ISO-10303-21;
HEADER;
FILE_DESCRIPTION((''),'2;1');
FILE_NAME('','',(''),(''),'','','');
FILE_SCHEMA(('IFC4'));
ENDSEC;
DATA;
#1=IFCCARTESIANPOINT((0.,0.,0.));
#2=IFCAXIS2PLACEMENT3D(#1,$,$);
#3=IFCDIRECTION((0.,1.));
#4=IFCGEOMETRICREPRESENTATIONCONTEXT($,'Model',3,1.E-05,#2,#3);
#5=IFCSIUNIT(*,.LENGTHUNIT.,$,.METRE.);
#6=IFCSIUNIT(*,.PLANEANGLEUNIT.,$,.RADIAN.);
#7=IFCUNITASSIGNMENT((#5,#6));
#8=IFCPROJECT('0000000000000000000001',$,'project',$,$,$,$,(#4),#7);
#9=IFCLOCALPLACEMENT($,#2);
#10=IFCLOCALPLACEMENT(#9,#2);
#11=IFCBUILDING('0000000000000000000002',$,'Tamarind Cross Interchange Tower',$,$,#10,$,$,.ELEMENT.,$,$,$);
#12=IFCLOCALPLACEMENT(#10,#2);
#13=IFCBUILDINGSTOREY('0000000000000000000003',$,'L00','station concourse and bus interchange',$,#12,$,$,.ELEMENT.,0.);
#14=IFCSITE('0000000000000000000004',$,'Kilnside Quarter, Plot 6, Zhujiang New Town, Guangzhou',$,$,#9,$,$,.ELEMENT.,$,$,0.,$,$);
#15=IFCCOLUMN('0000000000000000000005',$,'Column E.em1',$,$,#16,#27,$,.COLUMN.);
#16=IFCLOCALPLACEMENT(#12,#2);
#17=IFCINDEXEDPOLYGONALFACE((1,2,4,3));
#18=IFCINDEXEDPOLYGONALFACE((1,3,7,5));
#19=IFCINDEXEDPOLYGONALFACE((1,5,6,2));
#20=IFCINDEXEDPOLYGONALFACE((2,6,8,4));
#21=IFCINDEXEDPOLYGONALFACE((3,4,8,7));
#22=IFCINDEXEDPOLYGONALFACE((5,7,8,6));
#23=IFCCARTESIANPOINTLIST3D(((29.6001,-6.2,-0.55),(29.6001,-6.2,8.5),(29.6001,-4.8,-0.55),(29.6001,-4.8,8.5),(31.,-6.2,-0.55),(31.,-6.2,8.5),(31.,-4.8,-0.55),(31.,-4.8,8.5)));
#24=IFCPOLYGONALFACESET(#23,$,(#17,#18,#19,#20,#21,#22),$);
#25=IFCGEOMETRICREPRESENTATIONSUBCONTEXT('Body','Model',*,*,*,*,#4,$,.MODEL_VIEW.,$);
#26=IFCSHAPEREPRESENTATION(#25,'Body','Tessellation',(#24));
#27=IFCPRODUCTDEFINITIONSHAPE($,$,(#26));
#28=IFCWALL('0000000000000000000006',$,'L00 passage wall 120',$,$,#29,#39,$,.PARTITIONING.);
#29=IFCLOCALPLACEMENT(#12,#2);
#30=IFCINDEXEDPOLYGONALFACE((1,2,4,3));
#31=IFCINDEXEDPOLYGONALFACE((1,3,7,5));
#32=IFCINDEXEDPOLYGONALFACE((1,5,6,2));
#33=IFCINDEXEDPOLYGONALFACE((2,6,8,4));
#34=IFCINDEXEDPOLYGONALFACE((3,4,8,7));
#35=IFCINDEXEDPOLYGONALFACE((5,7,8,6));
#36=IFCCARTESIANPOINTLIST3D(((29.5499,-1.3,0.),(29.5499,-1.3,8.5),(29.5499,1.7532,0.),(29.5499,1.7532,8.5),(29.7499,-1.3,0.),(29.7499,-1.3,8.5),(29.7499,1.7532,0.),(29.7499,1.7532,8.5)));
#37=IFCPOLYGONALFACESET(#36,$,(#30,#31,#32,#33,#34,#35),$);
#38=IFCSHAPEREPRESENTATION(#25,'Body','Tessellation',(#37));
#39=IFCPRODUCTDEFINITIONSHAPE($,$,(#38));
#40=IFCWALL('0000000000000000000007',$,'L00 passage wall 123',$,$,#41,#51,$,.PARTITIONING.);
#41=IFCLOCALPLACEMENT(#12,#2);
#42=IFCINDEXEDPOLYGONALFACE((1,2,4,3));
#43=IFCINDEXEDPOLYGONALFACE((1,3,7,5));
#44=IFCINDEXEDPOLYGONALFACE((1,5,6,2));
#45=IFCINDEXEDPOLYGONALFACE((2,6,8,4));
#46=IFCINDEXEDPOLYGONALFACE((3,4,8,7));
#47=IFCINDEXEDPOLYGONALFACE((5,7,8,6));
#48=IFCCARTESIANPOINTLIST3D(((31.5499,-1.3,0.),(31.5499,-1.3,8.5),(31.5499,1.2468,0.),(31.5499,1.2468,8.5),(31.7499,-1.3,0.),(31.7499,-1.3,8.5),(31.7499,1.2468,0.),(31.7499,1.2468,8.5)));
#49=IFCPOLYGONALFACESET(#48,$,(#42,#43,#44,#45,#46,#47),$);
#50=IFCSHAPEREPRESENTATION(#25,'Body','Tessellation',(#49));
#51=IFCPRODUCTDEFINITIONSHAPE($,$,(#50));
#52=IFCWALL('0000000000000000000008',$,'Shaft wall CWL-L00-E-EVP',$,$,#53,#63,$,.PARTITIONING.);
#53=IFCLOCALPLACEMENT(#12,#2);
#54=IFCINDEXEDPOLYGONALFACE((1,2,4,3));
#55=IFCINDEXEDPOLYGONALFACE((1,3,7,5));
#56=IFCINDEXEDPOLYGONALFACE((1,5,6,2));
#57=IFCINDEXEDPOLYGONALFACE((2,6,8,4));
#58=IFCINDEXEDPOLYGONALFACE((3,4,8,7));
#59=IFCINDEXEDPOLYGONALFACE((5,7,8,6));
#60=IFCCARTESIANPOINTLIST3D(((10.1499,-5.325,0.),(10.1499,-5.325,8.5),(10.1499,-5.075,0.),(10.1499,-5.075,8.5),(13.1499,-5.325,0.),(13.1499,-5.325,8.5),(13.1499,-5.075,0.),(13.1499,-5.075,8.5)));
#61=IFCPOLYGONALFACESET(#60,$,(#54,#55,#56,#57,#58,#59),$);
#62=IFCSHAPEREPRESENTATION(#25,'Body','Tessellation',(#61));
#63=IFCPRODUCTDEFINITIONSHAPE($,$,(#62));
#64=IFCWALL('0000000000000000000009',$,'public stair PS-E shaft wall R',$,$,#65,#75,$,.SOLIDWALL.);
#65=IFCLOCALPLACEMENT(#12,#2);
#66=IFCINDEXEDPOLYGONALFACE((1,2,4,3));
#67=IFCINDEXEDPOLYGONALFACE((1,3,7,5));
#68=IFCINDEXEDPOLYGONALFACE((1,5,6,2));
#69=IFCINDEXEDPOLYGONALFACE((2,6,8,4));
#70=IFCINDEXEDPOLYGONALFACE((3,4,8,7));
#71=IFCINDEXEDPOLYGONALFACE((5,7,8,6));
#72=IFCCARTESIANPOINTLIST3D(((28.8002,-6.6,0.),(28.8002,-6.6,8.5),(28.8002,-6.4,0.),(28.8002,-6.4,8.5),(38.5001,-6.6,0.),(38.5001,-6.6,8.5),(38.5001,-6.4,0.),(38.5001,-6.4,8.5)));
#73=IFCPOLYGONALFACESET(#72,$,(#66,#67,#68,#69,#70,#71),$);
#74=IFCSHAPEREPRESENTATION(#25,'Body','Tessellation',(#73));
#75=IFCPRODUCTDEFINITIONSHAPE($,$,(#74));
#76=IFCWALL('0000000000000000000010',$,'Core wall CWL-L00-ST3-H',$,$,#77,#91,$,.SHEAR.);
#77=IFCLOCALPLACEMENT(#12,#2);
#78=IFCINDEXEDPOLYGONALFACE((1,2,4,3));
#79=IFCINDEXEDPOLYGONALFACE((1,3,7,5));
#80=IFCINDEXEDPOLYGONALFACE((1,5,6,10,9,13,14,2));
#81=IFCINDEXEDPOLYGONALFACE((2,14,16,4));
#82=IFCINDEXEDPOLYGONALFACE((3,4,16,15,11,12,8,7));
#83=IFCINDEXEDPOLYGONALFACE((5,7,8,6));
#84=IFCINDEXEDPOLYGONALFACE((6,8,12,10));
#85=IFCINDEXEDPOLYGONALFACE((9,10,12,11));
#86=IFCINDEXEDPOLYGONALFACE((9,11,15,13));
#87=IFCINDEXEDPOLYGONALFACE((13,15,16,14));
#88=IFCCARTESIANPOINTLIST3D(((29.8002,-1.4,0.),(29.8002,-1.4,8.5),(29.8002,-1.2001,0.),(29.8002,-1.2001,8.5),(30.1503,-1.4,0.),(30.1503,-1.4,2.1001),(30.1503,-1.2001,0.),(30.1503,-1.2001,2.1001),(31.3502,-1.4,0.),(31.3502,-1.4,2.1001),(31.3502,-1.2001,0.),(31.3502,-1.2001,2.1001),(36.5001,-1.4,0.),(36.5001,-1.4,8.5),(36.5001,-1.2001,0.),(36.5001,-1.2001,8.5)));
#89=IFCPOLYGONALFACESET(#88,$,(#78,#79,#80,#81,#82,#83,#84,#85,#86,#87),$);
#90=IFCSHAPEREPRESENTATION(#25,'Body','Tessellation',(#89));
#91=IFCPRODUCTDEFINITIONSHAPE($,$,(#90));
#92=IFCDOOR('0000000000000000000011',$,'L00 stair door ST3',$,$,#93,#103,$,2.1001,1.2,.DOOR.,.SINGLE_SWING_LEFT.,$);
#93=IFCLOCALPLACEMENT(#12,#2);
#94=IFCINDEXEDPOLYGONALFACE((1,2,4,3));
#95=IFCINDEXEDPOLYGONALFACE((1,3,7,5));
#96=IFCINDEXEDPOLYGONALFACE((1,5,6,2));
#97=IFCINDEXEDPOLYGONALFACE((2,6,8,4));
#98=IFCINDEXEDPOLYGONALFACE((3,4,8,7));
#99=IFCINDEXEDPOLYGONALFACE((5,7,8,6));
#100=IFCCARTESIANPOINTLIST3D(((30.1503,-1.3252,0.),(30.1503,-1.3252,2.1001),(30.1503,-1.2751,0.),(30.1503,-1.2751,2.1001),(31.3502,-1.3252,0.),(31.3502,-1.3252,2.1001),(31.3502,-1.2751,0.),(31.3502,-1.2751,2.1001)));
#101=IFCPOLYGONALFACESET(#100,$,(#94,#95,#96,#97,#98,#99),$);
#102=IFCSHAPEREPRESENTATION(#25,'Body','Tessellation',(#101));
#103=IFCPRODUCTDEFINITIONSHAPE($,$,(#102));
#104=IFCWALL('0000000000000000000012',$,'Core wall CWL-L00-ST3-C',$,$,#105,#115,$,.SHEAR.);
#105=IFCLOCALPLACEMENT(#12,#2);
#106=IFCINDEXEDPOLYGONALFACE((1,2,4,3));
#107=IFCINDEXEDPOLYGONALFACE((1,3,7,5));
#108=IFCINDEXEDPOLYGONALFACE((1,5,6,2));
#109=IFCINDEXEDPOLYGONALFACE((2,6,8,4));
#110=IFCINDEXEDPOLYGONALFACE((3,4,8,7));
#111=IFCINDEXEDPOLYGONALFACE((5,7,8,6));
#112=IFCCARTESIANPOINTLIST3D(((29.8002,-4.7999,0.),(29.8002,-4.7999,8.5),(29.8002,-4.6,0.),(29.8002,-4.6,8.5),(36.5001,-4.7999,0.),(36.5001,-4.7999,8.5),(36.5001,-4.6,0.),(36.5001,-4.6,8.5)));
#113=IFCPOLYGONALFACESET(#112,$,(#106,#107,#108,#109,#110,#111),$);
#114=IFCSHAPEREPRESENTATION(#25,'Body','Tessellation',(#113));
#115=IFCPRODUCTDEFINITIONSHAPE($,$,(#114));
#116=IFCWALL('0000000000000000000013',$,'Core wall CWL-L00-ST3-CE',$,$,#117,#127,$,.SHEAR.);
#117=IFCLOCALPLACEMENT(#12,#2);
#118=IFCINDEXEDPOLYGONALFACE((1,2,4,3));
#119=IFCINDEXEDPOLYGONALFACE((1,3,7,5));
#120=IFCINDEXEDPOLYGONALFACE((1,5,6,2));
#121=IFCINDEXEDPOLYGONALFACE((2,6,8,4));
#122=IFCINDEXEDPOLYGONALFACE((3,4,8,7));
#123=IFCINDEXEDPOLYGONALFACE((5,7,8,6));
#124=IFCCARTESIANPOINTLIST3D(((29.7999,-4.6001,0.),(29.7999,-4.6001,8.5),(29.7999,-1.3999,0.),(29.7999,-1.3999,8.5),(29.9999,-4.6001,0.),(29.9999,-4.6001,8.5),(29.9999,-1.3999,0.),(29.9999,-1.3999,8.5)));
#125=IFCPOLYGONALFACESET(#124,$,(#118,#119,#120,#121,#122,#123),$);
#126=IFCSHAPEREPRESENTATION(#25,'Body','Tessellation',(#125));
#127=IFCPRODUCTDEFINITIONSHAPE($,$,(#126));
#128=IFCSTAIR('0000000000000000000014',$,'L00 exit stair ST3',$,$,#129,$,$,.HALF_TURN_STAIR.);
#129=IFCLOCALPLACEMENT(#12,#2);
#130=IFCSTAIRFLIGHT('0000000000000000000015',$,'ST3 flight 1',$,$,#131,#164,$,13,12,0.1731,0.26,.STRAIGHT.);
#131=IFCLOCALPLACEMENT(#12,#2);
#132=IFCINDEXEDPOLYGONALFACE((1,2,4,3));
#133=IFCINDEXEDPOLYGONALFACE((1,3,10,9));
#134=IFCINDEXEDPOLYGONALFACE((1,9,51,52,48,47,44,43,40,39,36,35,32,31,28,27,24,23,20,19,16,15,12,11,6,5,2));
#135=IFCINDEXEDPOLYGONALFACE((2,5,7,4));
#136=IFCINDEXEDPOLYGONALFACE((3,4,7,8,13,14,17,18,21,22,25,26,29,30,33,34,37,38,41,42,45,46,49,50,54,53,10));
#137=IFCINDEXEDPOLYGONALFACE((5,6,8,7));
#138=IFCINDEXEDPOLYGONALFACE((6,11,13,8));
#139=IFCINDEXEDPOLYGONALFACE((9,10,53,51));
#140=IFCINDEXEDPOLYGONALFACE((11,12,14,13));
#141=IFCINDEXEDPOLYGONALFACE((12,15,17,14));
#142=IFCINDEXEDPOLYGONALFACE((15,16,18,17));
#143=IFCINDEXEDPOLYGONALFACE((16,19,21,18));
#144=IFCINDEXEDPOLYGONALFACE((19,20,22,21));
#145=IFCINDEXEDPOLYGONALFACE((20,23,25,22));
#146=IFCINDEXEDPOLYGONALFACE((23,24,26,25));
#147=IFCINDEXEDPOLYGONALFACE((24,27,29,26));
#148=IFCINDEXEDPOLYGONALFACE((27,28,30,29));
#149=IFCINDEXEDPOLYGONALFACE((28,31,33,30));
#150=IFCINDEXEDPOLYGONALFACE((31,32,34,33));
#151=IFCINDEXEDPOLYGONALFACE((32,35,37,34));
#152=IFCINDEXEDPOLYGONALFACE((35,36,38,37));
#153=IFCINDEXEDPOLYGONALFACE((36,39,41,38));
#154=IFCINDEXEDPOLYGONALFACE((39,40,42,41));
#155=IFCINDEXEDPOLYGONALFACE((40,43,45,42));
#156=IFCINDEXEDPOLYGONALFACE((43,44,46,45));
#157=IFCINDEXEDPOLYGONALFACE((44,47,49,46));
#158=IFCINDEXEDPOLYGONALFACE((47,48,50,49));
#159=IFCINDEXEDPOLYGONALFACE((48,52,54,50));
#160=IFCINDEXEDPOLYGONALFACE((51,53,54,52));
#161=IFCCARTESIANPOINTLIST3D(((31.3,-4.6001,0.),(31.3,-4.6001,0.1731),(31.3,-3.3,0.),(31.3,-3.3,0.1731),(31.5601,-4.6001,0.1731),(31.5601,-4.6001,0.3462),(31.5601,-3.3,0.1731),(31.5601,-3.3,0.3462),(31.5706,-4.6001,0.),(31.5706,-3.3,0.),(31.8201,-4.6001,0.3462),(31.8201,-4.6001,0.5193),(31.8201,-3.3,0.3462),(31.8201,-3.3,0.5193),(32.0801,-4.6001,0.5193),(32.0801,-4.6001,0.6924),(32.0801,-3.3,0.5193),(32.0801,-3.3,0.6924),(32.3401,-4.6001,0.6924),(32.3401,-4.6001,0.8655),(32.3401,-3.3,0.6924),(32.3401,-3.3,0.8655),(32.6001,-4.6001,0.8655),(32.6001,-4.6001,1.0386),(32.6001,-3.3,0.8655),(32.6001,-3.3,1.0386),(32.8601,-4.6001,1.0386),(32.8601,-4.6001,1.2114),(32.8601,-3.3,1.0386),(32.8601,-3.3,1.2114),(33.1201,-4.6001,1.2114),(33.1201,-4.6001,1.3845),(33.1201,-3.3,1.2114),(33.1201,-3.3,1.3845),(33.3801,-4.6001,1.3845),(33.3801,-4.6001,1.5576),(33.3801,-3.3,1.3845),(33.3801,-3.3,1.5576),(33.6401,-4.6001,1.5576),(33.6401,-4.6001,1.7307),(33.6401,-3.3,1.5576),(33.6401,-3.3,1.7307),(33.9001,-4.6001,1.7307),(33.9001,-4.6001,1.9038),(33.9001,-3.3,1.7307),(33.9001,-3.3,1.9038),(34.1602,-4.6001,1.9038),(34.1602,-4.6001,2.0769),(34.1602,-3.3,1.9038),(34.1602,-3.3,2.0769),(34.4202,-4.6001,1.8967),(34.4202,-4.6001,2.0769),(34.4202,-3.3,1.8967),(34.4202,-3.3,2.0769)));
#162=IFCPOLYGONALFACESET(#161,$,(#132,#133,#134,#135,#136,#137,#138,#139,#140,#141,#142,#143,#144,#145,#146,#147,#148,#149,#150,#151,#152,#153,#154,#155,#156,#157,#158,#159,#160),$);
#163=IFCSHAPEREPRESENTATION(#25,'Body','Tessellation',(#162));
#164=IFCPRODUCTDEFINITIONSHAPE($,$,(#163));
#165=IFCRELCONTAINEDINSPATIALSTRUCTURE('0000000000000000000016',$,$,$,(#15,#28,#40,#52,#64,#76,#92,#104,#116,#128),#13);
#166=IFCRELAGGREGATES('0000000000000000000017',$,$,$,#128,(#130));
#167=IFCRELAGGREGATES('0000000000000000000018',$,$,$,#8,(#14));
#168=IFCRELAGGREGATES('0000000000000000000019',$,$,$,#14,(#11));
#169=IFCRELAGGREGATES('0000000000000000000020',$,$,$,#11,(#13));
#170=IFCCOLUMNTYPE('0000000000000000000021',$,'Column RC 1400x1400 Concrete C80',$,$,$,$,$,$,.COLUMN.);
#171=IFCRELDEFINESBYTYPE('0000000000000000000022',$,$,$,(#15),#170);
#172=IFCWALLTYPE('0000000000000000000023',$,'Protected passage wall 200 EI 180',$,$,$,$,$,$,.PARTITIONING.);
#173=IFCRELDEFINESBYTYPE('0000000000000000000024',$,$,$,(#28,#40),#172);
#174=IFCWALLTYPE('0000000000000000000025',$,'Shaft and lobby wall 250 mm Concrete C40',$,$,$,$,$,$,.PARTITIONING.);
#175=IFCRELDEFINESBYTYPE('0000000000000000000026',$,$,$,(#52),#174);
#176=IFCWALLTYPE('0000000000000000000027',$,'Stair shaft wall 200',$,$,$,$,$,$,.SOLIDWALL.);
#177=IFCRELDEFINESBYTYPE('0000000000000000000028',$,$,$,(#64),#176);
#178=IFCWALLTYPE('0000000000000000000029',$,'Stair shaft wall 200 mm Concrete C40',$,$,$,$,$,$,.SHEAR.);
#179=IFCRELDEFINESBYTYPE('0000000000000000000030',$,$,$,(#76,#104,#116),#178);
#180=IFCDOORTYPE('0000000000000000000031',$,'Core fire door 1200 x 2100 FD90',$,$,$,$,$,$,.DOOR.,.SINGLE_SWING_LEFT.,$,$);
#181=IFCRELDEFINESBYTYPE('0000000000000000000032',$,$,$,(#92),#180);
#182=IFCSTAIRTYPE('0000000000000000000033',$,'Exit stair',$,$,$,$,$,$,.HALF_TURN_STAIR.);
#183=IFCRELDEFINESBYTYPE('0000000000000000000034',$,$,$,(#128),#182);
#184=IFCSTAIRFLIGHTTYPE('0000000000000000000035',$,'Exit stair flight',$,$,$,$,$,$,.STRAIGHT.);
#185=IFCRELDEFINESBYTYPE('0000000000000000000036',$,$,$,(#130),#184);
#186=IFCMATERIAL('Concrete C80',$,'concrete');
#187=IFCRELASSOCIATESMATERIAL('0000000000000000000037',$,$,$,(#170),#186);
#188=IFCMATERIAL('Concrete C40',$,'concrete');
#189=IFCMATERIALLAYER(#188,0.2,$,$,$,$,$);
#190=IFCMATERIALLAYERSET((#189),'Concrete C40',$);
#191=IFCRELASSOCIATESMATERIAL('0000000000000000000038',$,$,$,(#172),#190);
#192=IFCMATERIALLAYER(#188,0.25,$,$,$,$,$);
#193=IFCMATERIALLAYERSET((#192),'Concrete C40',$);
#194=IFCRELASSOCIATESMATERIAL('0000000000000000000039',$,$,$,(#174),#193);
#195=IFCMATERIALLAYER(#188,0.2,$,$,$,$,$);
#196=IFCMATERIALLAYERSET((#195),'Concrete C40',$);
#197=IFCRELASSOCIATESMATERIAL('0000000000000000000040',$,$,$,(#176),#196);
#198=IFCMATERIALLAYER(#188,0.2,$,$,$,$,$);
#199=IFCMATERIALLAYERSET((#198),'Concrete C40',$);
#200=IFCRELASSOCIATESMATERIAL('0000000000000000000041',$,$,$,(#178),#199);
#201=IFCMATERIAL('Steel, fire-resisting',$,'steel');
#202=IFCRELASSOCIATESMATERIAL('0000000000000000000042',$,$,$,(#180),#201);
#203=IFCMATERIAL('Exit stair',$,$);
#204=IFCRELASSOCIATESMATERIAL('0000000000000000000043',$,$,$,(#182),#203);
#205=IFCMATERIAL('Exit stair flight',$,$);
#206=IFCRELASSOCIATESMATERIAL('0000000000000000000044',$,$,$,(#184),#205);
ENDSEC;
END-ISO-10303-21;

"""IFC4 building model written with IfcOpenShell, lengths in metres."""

from ifc_helpers import new_model, si_unit, direction, frame, frame_2d, origin, origin_2d, place, context, subcontext, project, spatial, polyline, rectangle, outline, extrude, material, layer, layer_set, material_profile, profile_set, type_object, element, fill, aggregate, save


model = new_model("IFC4")

# Units and contexts
model_context = context("Model", 3, precision=1e-05, world=origin(), true_north=direction((0.0, 1.0)))
body_context = subcontext(model_context, "Body", "Model", "MODEL_VIEW")
ifc_project = project(units=[si_unit("LENGTHUNIT", "METRE"), si_unit("PLANEANGLEUNIT", "RADIAN")], contexts=[model_context])

# Site, building, storey
site_placement = place(None, origin())
site = spatial("IfcSite", under=ifc_project, at=site_placement, Name="Kilnside Quarter, Plot 6, Zhujiang New Town, Guangzhou", CompositionType="ELEMENT", RefElevation=0.0)
building_placement = place(site_placement, origin())
building = spatial("IfcBuilding", under=site, at=building_placement, Name="Tamarind Cross Interchange Tower", CompositionType="ELEMENT")
storey_placement = place(building_placement, origin())
storey = spatial("IfcBuildingStorey", under=building, at=storey_placement, Name="L00", Description="station concourse and bus interchange", CompositionType="ELEMENT", Elevation=0.0)

# Column
ifc_material_1 = material(Name="Concrete C80", Category="concrete")
ifc_material_profile = material_profile(ifc_material_1, rectangle(XDim=1.3999, YDim=1.3999, at=origin_2d()), Name="RC 1400x1400")
ifc_profile_set = profile_set([ifc_material_profile], Name="Concrete C80")
column_type = type_object("IfcColumnType", Name="Column RC 1400x1400 Concrete C80", PredefinedType="COLUMN", material=ifc_profile_set)
column_placement = place(storey_placement, frame((30.3, -5.5, -0.55), z_axis=(0.0, 0.0, 1.0), x_axis=(1.0, 0.0, 0.0)))
element("IfcColumn", 1, at=column_placement, inside=storey, type_object=column_type, Name="Column E.em1", PredefinedType="COLUMN", context=body_context, shape_type="SweptSolid", body=[
    extrude(rectangle(XDim=1.3999, YDim=1.3999, at=origin_2d()), origin(), (0.0, 0.0, 1.0), 9.05),
])

# Walls
ifc_material_2 = material(Name="Concrete C40", Category="concrete")
ifc_layer_1 = layer(ifc_material_2, 0.2)
ifc_layer_set_1 = layer_set([ifc_layer_1], Name="Concrete C40")
wall_type_1 = type_object("IfcWallType", Name="Protected passage wall 200 EI 180", PredefinedType="PARTITIONING", material=ifc_layer_set_1)
wall_1_placement = place(storey_placement, frame((29.6499, -1.3, 0.0), z_axis=(0.0, 0.0, 1.0), x_axis=(0.0, 1.0, 0.0)))
element("IfcWall", 2, at=wall_1_placement, inside=storey, type_object=wall_type_1, Name="L00 passage wall 120", PredefinedType="PARTITIONING", context=body_context, shape_type="SweptSolid", body=[
    extrude(rectangle(XDim=3.0532, YDim=0.2, at=frame_2d((1.5266, 0.0))), origin(), (0.0, 0.0, 1.0), 8.5),
])
wall_2_placement = place(storey_placement, frame((31.6499, -1.3, 0.0), z_axis=(0.0, 0.0, 1.0), x_axis=(0.0, 1.0, 0.0)))
element("IfcWall", 3, at=wall_2_placement, inside=storey, type_object=wall_type_1, Name="L00 passage wall 123", PredefinedType="PARTITIONING", context=body_context, shape_type="SweptSolid", body=[
    extrude(rectangle(XDim=2.5469, YDim=0.2, at=frame_2d((1.2734, 0.0))), origin(), (0.0, 0.0, 1.0), 8.5),
])
ifc_layer_2 = layer(ifc_material_2, 0.25)
ifc_layer_set_2 = layer_set([ifc_layer_2], Name="Concrete C40")
wall_type_2 = type_object("IfcWallType", Name="Shaft and lobby wall 250 mm Concrete C40", PredefinedType="PARTITIONING", material=ifc_layer_set_2)
wall_3_placement = place(storey_placement, frame((13.1499, -5.2, 0.0), z_axis=(0.0, 0.0, 1.0), x_axis=(-1.0, 0.0, 0.0)))
element("IfcWall", 4, at=wall_3_placement, inside=storey, type_object=wall_type_2, Name="Shaft wall CWL-L00-E-EVP", PredefinedType="PARTITIONING", context=body_context, shape_type="SweptSolid", body=[
    extrude(rectangle(XDim=3.0, YDim=0.25, at=frame_2d((1.5, 0.0))), origin(), (0.0, 0.0, 1.0), 8.5),
])
ifc_layer_3 = layer(ifc_material_2, 0.2)
ifc_layer_set_3 = layer_set([ifc_layer_3], Name="Concrete C40")
wall_type_3 = type_object("IfcWallType", Name="Stair shaft wall 200", PredefinedType="SOLIDWALL", material=ifc_layer_set_3)
wall_4_placement = place(storey_placement, frame((28.8, -6.5, 0.0), z_axis=(0.0, 0.0, 1.0), x_axis=(1.0, 0.0, 0.0)))
element("IfcWall", 5, at=wall_4_placement, inside=storey, type_object=wall_type_3, Name="public stair PS-E shaft wall R", PredefinedType="SOLIDWALL", context=body_context, shape_type="SweptSolid", body=[
    extrude(rectangle(XDim=9.7, YDim=0.2, at=frame_2d((4.8501, 0.0))), origin(), (0.0, 0.0, 1.0), 8.5),
])

# Wall, opening, door
ifc_layer_4 = layer(ifc_material_2, 0.2)
ifc_layer_set_4 = layer_set([ifc_layer_4], Name="Concrete C40")
wall_type_4 = type_object("IfcWallType", Name="Stair shaft wall 200 mm Concrete C40", PredefinedType="SHEAR", material=ifc_layer_set_4)
wall_5_placement = place(storey_placement, frame((29.8, -1.3, 0.0), z_axis=(0.0, 0.0, 1.0), x_axis=(1.0, 0.0, 0.0)))
wall_5 = element("IfcWall", 6, at=wall_5_placement, inside=storey, type_object=wall_type_4, Name="Core wall CWL-L00-ST3-H", PredefinedType="SHEAR", context=body_context, shape_type="SweptSolid", body=[
    extrude(rectangle(XDim=6.7, YDim=0.2, at=frame_2d((3.3501, 0.0))), origin(), (0.0, 0.0, 1.0), 8.5),
])
opening_placement = place(wall_5_placement, frame((0.3501, 0.0, 0.0)))
opening = element("IfcOpeningElement", 7, at=opening_placement, cuts=wall_5, PredefinedType="OPENING", context=body_context, shape_type="SweptSolid", body=[
    extrude(rectangle(XDim=1.2, YDim=2.1001, at=frame_2d((0.6001, 1.05))), frame((0.0, 0.1099, 0.0), z_axis=(0.0, -1.0, 0.0), x_axis=(1.0, 0.0, 0.0)), (0.0, 0.0, 1.0), 0.22),
])
ifc_material_3 = material(Name="Steel, fire-resisting", Category="steel")
door_type = type_object("IfcDoorType", Name="Core fire door 1200 x 2100 FD90", OperationType="SINGLE_SWING_LEFT", PredefinedType="DOOR", material=ifc_material_3)
door_placement = place(opening_placement, origin())
door = element("IfcDoor", 8, at=door_placement, inside=storey, type_object=door_type, Name="L00 stair door ST3", OperationType="SINGLE_SWING_LEFT", OverallHeight=2.1001, OverallWidth=1.2, PredefinedType="DOOR", context=body_context, shape_type="SweptSolid", body=[
    extrude(rectangle(XDim=1.2, YDim=2.1001, at=frame_2d((0.6001, 1.05))), frame((0.0, 0.0249, 0.0), z_axis=(0.0, -1.0, 0.0), x_axis=(1.0, 0.0, 0.0)), (0.0, 0.0, 1.0), 0.05),
])
fill(opening, door)

# Walls
wall_6_placement = place(storey_placement, frame((29.8, -4.7, 0.0), z_axis=(0.0, 0.0, 1.0), x_axis=(1.0, 0.0, 0.0)))
element("IfcWall", 9, at=wall_6_placement, inside=storey, type_object=wall_type_4, Name="Core wall CWL-L00-ST3-C", PredefinedType="SHEAR", context=body_context, shape_type="SweptSolid", body=[
    extrude(rectangle(XDim=6.7, YDim=0.2, at=frame_2d((3.3501, 0.0))), origin(), (0.0, 0.0, 1.0), 8.5),
])
wall_7_placement = place(storey_placement, frame((29.8999, -4.6001, 0.0), z_axis=(0.0, 0.0, 1.0), x_axis=(0.0, 1.0, 0.0)))
element("IfcWall", 10, at=wall_7_placement, inside=storey, type_object=wall_type_4, Name="Core wall CWL-L00-ST3-CE", PredefinedType="SHEAR", context=body_context, shape_type="SweptSolid", body=[
    extrude(rectangle(XDim=3.2002, YDim=0.2, at=frame_2d((1.6001, 0.0))), origin(), (0.0, 0.0, 1.0), 8.5),
])

# Stair, stair flight
ifc_material_4 = material(Name="Exit stair")
stair_type = type_object("IfcStairType", Name="Exit stair", PredefinedType="HALF_TURN_STAIR", material=ifc_material_4)
stair_placement = place(storey_placement, origin())
stair = element("IfcStair", 11, at=stair_placement, inside=storey, type_object=stair_type, Name="L00 exit stair ST3", PredefinedType="HALF_TURN_STAIR")
ifc_material_5 = material(Name="Exit stair flight")
stair_flight_type = type_object("IfcStairFlightType", Name="Exit stair flight", PredefinedType="STRAIGHT", material=ifc_material_5)
stair_flight_1_placement = place(storey_placement, frame((31.3, -3.95, 0.0), z_axis=(0.0, 0.0, 1.0), x_axis=(1.0, 0.0, 0.0)))
stair_flight_1 = element("IfcStairFlight", 12, at=stair_flight_1_placement, type_object=stair_flight_type, Name="ST3 flight 1", NumberOfRisers=13, NumberOfTreads=12, PredefinedType="STRAIGHT", RiserHeight=0.1731, TreadLength=0.26, context=body_context, shape_type="SweptSolid", body=[
    extrude(outline(polyline([(0.0, 0.0), (0.0, 0.1731), (0.26, 0.1731), (0.26, 0.3462), (0.52, 0.3462), (0.52, 0.5193), (0.78, 0.5193), (0.78, 0.6924), (1.04, 0.6924), (1.04, 0.8655), (1.3, 0.8655), (1.3, 1.0386), (1.5601, 1.0386), (1.5601, 1.2114), (1.8201, 1.2114), (1.8201, 1.3845), (2.0801, 1.3845), (2.0801, 1.5576), (2.3401, 1.5576), (2.3401, 1.7307), (2.6001, 1.7307), (2.6001, 1.9038), (2.8601, 1.9038), (2.8601, 2.0769), (3.1201, 2.0769), (3.1201, 2.25), (3.1201, 1.8967), (0.2705, 0.0), (0.0, 0.0)])), frame((0.0, 0.6499, 0.0), z_axis=(0.0, -1.0, 0.0), x_axis=(1.0, 0.0, 0.0)), (0.0, 0.0, 1.0), 1.3),
])
aggregate(stair, [stair_flight_1])

save(model, "model.ifc")
